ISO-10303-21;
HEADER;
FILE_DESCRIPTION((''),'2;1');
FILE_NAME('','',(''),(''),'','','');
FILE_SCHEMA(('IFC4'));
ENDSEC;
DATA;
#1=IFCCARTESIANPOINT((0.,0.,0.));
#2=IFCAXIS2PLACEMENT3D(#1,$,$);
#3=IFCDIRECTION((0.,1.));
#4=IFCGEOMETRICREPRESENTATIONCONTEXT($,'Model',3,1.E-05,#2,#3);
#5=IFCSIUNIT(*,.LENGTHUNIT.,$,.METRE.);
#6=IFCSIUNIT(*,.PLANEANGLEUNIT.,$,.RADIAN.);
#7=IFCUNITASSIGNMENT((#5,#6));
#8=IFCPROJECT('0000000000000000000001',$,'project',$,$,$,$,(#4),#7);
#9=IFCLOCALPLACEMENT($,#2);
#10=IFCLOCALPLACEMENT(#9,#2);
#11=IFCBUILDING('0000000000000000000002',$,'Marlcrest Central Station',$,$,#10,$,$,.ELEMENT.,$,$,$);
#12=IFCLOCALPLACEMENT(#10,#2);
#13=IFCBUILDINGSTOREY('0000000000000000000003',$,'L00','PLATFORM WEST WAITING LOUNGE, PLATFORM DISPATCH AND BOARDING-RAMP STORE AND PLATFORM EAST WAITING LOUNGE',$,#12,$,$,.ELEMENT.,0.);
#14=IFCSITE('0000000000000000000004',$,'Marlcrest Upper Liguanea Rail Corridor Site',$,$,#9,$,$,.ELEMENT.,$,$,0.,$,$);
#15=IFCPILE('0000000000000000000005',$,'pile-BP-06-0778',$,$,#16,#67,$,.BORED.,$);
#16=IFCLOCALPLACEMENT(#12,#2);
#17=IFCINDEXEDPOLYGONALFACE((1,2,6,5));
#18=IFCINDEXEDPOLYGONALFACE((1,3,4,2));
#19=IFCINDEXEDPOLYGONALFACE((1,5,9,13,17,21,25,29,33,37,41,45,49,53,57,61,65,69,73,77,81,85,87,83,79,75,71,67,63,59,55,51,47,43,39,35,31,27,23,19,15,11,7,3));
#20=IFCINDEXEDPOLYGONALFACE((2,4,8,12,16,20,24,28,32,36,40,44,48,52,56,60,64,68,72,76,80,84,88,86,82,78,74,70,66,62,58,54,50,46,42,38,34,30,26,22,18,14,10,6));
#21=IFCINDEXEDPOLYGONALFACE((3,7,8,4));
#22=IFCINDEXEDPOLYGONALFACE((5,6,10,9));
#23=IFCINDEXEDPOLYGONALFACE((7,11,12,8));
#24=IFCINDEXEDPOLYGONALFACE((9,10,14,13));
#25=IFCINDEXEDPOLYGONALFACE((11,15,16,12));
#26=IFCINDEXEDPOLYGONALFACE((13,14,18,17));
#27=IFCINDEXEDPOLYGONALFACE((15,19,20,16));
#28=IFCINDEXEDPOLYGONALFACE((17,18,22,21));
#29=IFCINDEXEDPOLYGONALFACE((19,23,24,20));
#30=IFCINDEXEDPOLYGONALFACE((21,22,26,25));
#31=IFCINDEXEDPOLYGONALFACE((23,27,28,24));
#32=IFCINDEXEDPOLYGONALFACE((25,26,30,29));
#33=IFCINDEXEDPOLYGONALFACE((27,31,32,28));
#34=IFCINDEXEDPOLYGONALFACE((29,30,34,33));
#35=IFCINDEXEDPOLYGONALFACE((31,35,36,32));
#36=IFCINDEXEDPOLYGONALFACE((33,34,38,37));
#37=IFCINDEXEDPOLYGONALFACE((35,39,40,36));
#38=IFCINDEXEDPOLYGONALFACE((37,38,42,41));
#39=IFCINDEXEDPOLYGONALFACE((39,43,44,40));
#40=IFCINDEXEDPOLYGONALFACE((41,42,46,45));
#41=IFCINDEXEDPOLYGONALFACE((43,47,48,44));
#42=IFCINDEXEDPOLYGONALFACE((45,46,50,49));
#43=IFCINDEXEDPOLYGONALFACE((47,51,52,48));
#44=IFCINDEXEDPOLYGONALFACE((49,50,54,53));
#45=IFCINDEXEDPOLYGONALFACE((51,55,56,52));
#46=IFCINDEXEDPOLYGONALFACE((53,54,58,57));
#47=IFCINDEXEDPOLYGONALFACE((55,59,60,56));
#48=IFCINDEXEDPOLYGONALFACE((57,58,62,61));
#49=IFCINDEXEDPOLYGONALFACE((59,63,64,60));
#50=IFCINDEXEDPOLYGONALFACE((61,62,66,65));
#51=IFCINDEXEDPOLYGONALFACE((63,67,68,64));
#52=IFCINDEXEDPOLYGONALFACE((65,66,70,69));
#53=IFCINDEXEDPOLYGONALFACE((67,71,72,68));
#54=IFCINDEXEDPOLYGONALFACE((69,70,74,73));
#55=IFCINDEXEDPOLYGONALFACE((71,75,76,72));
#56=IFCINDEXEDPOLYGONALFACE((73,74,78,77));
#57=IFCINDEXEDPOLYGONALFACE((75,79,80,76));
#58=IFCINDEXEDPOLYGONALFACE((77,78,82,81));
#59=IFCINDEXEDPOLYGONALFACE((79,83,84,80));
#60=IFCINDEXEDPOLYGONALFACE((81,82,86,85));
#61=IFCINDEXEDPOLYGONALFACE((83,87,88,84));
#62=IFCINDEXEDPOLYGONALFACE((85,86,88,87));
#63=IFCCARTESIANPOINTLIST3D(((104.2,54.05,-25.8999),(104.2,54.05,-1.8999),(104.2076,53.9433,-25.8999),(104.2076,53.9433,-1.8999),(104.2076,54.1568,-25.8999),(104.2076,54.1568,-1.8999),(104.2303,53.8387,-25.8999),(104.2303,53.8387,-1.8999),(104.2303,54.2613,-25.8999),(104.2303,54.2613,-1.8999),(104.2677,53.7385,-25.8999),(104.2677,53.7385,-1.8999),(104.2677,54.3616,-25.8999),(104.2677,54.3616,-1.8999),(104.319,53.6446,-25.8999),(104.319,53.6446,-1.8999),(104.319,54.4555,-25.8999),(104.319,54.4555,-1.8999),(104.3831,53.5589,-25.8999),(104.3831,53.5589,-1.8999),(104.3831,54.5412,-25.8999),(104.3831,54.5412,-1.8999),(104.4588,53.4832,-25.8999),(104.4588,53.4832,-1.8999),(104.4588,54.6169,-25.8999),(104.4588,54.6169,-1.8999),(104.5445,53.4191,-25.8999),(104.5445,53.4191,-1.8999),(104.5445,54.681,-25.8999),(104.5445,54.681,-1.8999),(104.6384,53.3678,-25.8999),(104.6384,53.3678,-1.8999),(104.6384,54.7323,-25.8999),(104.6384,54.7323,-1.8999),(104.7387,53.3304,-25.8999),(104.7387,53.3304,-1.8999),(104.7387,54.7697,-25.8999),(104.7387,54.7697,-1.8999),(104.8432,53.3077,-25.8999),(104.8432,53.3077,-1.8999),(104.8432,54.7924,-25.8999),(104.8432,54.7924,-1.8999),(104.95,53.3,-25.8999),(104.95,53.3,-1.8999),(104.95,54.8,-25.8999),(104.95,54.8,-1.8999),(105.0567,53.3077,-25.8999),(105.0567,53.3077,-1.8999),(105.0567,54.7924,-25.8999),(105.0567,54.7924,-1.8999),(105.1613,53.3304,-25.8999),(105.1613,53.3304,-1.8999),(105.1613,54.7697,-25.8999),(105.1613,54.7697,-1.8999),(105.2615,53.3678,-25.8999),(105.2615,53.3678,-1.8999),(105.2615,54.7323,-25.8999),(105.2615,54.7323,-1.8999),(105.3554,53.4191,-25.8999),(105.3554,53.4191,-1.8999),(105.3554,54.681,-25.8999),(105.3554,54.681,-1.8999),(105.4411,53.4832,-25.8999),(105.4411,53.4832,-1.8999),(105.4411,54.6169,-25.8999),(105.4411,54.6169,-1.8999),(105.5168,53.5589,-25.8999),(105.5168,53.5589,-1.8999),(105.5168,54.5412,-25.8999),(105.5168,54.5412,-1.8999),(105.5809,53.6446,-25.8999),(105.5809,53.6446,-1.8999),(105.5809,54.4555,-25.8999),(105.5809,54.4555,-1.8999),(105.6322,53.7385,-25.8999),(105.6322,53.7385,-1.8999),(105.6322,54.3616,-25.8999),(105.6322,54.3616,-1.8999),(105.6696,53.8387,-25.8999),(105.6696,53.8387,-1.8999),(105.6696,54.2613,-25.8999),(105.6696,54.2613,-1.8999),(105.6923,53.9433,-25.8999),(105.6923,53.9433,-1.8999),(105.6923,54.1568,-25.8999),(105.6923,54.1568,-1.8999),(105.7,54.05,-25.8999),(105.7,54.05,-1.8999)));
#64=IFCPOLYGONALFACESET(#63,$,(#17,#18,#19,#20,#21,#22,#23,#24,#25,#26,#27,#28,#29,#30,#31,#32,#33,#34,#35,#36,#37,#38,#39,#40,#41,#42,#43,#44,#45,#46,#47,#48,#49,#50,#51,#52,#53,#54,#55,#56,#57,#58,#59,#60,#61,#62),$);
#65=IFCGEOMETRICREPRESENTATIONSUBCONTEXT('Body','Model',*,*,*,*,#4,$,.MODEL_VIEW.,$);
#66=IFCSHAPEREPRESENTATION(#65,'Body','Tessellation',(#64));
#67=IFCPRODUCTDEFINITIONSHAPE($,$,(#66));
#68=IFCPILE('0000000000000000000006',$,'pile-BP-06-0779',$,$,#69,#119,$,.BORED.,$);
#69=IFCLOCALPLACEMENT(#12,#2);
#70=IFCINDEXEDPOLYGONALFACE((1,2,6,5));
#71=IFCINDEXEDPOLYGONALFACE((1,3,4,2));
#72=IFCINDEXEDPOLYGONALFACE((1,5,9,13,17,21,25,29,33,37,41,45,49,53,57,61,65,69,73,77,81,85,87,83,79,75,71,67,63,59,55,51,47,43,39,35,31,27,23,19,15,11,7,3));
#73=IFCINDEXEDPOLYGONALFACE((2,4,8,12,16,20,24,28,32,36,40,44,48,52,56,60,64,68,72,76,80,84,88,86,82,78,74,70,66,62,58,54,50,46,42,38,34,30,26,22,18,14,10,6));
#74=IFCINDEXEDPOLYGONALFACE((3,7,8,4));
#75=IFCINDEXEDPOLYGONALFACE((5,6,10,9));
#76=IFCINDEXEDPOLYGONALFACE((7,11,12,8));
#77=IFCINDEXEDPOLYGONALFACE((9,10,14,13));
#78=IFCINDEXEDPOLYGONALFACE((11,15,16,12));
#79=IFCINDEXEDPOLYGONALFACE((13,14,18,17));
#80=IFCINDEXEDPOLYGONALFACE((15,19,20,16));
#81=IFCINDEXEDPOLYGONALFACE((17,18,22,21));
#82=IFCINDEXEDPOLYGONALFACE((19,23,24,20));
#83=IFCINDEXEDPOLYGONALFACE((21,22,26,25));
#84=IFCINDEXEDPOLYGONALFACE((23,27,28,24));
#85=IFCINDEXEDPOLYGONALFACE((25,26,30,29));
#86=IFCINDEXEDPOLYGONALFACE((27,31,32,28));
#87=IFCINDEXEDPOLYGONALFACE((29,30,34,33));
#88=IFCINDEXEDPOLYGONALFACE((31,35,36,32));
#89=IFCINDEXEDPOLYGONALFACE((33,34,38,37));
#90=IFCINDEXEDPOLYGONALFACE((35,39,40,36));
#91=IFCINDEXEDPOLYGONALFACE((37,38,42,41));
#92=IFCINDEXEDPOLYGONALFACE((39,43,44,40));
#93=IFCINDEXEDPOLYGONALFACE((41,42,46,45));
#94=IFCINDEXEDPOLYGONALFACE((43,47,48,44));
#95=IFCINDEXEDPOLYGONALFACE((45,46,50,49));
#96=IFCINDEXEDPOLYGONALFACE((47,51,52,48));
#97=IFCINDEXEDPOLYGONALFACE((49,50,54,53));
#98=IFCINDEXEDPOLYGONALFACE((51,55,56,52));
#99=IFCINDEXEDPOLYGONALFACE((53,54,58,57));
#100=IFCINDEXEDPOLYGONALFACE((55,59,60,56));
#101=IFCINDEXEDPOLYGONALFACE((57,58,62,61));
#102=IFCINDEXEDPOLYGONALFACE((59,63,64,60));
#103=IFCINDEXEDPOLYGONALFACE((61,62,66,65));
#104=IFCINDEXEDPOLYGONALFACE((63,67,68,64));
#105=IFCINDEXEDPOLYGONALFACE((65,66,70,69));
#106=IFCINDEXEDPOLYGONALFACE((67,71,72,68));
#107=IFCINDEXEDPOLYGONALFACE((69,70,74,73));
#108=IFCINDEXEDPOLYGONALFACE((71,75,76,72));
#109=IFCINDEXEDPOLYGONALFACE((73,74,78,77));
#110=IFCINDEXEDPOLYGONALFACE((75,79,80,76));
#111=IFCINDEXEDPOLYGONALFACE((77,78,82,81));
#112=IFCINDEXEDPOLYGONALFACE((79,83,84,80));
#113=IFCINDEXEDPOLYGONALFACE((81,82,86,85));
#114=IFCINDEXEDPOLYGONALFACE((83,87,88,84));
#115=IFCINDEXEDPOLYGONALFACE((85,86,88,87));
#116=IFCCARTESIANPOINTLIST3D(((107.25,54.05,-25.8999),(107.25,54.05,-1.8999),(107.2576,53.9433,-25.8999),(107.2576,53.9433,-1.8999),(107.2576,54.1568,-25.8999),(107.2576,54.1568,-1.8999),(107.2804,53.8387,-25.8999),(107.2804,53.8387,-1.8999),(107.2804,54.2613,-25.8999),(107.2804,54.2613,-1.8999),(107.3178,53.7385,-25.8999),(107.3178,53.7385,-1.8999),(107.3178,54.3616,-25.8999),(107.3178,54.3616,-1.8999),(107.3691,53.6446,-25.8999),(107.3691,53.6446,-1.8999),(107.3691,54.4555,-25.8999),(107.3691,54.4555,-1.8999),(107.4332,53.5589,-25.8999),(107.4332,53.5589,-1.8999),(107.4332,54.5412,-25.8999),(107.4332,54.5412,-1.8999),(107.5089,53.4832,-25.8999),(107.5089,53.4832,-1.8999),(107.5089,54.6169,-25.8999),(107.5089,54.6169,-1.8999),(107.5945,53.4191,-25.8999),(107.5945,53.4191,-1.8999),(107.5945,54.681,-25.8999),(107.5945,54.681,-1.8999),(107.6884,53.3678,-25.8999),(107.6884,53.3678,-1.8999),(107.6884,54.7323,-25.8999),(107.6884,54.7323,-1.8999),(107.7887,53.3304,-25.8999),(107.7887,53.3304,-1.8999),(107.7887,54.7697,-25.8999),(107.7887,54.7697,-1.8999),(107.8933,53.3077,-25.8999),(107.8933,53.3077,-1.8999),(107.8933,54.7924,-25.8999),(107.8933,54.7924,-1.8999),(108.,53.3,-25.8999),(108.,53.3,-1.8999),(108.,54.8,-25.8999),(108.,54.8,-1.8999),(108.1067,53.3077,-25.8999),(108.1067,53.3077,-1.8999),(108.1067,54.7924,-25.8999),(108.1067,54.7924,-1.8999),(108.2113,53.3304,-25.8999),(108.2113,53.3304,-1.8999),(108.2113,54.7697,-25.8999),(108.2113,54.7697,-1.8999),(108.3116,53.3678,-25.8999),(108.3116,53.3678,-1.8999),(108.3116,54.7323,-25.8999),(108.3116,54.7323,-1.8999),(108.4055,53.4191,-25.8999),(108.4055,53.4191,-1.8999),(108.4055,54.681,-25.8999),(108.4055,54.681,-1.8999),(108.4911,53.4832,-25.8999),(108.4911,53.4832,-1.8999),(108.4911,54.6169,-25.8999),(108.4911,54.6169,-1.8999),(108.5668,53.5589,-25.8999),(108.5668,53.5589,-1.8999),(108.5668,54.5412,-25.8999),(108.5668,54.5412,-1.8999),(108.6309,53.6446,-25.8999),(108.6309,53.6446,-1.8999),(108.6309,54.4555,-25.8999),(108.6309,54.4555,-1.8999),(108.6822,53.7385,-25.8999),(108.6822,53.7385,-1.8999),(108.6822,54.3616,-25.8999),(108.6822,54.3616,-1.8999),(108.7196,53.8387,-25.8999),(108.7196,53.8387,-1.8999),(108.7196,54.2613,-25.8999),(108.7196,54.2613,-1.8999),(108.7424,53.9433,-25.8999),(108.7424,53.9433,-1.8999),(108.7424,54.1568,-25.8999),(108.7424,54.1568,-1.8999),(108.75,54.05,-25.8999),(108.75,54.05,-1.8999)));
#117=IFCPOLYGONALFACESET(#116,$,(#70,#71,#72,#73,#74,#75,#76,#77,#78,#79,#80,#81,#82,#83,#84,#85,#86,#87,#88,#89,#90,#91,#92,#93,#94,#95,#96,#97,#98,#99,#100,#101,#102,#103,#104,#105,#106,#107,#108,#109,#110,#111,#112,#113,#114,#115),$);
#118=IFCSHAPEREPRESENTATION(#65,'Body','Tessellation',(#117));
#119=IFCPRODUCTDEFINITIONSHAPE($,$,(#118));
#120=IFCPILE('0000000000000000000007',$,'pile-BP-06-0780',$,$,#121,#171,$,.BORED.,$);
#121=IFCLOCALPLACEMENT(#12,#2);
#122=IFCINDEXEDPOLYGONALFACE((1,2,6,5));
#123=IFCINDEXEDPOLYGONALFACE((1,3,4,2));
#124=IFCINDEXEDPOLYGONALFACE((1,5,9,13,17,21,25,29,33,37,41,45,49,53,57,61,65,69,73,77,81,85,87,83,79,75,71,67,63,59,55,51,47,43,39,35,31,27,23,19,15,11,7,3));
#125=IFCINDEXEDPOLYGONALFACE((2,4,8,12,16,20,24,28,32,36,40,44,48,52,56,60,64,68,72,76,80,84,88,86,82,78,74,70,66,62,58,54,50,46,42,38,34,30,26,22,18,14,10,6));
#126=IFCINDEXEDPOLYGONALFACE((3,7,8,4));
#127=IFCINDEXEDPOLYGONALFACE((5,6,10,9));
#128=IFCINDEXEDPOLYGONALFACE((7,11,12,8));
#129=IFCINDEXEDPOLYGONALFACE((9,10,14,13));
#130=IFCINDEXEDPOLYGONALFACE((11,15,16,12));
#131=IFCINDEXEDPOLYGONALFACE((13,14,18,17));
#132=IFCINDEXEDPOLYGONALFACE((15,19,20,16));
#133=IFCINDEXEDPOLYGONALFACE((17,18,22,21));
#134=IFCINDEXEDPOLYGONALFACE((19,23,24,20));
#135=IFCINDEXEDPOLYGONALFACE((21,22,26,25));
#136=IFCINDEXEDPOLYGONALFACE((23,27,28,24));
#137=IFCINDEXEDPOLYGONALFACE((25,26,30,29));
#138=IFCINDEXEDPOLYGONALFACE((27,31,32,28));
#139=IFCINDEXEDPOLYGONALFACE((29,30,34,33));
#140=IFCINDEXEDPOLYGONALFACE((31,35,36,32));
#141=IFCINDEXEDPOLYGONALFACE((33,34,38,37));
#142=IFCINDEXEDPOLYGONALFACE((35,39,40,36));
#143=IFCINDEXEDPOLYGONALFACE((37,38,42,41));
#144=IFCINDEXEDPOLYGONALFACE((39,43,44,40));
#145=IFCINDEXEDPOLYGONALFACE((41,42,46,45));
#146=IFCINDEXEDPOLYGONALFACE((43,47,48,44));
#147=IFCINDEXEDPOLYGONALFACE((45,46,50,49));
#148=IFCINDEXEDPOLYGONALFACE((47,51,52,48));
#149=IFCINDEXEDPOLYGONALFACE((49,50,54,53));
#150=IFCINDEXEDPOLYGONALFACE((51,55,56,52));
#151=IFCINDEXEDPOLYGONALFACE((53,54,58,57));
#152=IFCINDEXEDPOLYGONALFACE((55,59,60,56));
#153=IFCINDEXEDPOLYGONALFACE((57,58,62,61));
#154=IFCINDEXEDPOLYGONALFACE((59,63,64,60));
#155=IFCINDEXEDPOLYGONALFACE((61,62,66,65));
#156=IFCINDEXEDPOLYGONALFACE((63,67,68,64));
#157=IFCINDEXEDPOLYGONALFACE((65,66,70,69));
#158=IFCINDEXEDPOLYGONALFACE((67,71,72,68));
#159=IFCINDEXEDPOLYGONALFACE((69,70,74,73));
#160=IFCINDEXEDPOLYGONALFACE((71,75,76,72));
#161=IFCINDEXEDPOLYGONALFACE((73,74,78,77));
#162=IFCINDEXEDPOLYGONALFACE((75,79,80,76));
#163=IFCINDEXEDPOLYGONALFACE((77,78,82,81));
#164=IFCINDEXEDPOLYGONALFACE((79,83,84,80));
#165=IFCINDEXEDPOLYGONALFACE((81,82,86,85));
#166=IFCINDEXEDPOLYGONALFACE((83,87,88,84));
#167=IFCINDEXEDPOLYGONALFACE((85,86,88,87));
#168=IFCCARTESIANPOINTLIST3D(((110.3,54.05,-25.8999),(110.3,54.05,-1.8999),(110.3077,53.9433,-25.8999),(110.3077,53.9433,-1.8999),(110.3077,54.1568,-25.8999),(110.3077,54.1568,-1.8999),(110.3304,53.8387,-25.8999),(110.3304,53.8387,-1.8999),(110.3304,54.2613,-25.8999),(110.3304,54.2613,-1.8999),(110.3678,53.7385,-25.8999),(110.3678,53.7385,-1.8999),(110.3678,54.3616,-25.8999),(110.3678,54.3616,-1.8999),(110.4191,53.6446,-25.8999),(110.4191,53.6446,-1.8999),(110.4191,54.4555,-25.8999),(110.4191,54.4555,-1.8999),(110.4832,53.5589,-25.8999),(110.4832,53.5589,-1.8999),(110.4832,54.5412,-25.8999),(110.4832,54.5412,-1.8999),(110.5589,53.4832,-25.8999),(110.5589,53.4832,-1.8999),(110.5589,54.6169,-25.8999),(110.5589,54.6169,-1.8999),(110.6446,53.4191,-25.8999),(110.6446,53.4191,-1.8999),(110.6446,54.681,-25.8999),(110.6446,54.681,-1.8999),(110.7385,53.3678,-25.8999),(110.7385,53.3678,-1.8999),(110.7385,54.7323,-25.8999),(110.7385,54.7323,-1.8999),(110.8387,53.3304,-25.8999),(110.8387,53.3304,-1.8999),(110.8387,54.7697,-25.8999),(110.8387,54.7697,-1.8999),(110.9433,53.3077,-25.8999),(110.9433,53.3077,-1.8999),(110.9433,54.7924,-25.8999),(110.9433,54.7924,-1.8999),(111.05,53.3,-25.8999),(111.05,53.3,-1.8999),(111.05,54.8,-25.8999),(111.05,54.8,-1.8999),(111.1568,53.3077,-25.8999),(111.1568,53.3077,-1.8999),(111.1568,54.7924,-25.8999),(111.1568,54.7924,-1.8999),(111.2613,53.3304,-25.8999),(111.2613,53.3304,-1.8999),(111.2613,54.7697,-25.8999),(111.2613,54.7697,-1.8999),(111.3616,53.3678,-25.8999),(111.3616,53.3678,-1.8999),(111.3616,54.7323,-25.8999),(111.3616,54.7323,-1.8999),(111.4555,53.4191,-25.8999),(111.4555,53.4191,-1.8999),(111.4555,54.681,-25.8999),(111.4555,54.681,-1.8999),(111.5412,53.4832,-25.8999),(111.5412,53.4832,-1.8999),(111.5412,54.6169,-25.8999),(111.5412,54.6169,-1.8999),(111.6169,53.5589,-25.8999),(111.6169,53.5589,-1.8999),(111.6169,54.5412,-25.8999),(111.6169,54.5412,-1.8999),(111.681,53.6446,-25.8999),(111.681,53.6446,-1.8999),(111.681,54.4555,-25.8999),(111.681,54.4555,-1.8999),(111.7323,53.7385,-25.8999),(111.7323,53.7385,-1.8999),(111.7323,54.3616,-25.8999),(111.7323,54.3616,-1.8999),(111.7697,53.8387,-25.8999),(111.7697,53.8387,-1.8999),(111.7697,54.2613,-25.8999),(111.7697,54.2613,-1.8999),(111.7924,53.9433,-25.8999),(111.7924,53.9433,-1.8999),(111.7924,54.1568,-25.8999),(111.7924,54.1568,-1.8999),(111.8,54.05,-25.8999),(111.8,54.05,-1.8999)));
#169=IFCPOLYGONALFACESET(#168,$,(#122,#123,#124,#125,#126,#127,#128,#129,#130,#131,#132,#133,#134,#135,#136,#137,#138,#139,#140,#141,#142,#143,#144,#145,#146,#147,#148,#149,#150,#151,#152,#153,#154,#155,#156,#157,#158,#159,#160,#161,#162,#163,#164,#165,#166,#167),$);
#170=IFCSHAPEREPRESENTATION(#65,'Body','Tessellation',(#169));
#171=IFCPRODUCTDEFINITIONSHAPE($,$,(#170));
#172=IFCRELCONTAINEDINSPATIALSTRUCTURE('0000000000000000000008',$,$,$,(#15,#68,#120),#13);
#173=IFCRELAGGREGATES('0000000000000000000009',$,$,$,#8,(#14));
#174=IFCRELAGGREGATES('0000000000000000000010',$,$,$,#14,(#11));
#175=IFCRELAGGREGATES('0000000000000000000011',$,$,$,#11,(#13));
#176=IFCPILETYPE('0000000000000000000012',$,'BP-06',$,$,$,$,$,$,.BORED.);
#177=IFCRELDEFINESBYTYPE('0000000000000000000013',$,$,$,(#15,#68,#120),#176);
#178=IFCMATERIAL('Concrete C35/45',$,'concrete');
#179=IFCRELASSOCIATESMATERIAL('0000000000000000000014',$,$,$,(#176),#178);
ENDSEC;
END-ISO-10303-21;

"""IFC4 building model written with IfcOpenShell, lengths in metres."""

from ifc_helpers import new_model, si_unit, direction, frame, origin, origin_2d, place, context, subcontext, project, spatial, circle, extrude, material, material_profile, profile_set, type_object, element, save


model = new_model("IFC4")

# Units and contexts
model_context = context("Model", 3, precision=1e-05, world=origin(), true_north=direction((0.0, 1.0)))
body_context = subcontext(model_context, "Body", "Model", "MODEL_VIEW")
ifc_project = project(units=[si_unit("LENGTHUNIT", "METRE"), si_unit("PLANEANGLEUNIT", "RADIAN")], contexts=[model_context])

# Site, building, storey
site_placement = place(None, origin())
site = spatial("IfcSite", under=ifc_project, at=site_placement, Name="Marlcrest Upper Liguanea Rail Corridor Site", CompositionType="ELEMENT", RefElevation=0.0)
building_placement = place(site_placement, origin())
building = spatial("IfcBuilding", under=site, at=building_placement, Name="Marlcrest Central Station", CompositionType="ELEMENT")
storey_placement = place(building_placement, origin())
storey = spatial("IfcBuildingStorey", under=building, at=storey_placement, Name="L00", Description="PLATFORM WEST WAITING LOUNGE, PLATFORM DISPATCH AND BOARDING-RAMP STORE AND PLATFORM EAST WAITING LOUNGE", CompositionType="ELEMENT", Elevation=0.0)

# Piles
ifc_material_1 = material(Name="Concrete C35/45", Category="concrete")
ifc_material_profile_1 = material_profile(ifc_material_1, circle(Radius=0.75, at=origin_2d()), Name="PILE D1500")
ifc_profile_set_1 = profile_set([ifc_material_profile_1], Name="Concrete C35/45")
pile_type_1 = type_object("IfcPileType", Name="BP-06", PredefinedType="BORED", material=ifc_profile_set_1)
for number, where, z_axis, x_axis, name in (
    (1, (104.95, 54.05, -1.8999), (0.0, 0.0, -1.0), (1.0, 0.0, 0.0), "pile-BP-06-0778"),
    (2, (108.0, 54.05, -1.8999), (0.0, 0.0, -1.0), (1.0, 0.0, 0.0), "pile-BP-06-0779"),
    (3, (111.05, 54.05, -1.8999), (0.0, 0.0, -1.0), (1.0, 0.0, 0.0), "pile-BP-06-0780"),
):
    element("IfcPile", number, at=place(storey_placement, frame(where, z_axis=z_axis, x_axis=x_axis)), inside=storey, type_object=pile_type_1, Name=name, PredefinedType="BORED", context=body_context, shape_type="SweptSolid", body=[
        extrude(circle(Radius=0.75, at=origin_2d()), origin(), (0.0, 0.0, 1.0), 24.0),
    ])

save(model, "model.ifc")
